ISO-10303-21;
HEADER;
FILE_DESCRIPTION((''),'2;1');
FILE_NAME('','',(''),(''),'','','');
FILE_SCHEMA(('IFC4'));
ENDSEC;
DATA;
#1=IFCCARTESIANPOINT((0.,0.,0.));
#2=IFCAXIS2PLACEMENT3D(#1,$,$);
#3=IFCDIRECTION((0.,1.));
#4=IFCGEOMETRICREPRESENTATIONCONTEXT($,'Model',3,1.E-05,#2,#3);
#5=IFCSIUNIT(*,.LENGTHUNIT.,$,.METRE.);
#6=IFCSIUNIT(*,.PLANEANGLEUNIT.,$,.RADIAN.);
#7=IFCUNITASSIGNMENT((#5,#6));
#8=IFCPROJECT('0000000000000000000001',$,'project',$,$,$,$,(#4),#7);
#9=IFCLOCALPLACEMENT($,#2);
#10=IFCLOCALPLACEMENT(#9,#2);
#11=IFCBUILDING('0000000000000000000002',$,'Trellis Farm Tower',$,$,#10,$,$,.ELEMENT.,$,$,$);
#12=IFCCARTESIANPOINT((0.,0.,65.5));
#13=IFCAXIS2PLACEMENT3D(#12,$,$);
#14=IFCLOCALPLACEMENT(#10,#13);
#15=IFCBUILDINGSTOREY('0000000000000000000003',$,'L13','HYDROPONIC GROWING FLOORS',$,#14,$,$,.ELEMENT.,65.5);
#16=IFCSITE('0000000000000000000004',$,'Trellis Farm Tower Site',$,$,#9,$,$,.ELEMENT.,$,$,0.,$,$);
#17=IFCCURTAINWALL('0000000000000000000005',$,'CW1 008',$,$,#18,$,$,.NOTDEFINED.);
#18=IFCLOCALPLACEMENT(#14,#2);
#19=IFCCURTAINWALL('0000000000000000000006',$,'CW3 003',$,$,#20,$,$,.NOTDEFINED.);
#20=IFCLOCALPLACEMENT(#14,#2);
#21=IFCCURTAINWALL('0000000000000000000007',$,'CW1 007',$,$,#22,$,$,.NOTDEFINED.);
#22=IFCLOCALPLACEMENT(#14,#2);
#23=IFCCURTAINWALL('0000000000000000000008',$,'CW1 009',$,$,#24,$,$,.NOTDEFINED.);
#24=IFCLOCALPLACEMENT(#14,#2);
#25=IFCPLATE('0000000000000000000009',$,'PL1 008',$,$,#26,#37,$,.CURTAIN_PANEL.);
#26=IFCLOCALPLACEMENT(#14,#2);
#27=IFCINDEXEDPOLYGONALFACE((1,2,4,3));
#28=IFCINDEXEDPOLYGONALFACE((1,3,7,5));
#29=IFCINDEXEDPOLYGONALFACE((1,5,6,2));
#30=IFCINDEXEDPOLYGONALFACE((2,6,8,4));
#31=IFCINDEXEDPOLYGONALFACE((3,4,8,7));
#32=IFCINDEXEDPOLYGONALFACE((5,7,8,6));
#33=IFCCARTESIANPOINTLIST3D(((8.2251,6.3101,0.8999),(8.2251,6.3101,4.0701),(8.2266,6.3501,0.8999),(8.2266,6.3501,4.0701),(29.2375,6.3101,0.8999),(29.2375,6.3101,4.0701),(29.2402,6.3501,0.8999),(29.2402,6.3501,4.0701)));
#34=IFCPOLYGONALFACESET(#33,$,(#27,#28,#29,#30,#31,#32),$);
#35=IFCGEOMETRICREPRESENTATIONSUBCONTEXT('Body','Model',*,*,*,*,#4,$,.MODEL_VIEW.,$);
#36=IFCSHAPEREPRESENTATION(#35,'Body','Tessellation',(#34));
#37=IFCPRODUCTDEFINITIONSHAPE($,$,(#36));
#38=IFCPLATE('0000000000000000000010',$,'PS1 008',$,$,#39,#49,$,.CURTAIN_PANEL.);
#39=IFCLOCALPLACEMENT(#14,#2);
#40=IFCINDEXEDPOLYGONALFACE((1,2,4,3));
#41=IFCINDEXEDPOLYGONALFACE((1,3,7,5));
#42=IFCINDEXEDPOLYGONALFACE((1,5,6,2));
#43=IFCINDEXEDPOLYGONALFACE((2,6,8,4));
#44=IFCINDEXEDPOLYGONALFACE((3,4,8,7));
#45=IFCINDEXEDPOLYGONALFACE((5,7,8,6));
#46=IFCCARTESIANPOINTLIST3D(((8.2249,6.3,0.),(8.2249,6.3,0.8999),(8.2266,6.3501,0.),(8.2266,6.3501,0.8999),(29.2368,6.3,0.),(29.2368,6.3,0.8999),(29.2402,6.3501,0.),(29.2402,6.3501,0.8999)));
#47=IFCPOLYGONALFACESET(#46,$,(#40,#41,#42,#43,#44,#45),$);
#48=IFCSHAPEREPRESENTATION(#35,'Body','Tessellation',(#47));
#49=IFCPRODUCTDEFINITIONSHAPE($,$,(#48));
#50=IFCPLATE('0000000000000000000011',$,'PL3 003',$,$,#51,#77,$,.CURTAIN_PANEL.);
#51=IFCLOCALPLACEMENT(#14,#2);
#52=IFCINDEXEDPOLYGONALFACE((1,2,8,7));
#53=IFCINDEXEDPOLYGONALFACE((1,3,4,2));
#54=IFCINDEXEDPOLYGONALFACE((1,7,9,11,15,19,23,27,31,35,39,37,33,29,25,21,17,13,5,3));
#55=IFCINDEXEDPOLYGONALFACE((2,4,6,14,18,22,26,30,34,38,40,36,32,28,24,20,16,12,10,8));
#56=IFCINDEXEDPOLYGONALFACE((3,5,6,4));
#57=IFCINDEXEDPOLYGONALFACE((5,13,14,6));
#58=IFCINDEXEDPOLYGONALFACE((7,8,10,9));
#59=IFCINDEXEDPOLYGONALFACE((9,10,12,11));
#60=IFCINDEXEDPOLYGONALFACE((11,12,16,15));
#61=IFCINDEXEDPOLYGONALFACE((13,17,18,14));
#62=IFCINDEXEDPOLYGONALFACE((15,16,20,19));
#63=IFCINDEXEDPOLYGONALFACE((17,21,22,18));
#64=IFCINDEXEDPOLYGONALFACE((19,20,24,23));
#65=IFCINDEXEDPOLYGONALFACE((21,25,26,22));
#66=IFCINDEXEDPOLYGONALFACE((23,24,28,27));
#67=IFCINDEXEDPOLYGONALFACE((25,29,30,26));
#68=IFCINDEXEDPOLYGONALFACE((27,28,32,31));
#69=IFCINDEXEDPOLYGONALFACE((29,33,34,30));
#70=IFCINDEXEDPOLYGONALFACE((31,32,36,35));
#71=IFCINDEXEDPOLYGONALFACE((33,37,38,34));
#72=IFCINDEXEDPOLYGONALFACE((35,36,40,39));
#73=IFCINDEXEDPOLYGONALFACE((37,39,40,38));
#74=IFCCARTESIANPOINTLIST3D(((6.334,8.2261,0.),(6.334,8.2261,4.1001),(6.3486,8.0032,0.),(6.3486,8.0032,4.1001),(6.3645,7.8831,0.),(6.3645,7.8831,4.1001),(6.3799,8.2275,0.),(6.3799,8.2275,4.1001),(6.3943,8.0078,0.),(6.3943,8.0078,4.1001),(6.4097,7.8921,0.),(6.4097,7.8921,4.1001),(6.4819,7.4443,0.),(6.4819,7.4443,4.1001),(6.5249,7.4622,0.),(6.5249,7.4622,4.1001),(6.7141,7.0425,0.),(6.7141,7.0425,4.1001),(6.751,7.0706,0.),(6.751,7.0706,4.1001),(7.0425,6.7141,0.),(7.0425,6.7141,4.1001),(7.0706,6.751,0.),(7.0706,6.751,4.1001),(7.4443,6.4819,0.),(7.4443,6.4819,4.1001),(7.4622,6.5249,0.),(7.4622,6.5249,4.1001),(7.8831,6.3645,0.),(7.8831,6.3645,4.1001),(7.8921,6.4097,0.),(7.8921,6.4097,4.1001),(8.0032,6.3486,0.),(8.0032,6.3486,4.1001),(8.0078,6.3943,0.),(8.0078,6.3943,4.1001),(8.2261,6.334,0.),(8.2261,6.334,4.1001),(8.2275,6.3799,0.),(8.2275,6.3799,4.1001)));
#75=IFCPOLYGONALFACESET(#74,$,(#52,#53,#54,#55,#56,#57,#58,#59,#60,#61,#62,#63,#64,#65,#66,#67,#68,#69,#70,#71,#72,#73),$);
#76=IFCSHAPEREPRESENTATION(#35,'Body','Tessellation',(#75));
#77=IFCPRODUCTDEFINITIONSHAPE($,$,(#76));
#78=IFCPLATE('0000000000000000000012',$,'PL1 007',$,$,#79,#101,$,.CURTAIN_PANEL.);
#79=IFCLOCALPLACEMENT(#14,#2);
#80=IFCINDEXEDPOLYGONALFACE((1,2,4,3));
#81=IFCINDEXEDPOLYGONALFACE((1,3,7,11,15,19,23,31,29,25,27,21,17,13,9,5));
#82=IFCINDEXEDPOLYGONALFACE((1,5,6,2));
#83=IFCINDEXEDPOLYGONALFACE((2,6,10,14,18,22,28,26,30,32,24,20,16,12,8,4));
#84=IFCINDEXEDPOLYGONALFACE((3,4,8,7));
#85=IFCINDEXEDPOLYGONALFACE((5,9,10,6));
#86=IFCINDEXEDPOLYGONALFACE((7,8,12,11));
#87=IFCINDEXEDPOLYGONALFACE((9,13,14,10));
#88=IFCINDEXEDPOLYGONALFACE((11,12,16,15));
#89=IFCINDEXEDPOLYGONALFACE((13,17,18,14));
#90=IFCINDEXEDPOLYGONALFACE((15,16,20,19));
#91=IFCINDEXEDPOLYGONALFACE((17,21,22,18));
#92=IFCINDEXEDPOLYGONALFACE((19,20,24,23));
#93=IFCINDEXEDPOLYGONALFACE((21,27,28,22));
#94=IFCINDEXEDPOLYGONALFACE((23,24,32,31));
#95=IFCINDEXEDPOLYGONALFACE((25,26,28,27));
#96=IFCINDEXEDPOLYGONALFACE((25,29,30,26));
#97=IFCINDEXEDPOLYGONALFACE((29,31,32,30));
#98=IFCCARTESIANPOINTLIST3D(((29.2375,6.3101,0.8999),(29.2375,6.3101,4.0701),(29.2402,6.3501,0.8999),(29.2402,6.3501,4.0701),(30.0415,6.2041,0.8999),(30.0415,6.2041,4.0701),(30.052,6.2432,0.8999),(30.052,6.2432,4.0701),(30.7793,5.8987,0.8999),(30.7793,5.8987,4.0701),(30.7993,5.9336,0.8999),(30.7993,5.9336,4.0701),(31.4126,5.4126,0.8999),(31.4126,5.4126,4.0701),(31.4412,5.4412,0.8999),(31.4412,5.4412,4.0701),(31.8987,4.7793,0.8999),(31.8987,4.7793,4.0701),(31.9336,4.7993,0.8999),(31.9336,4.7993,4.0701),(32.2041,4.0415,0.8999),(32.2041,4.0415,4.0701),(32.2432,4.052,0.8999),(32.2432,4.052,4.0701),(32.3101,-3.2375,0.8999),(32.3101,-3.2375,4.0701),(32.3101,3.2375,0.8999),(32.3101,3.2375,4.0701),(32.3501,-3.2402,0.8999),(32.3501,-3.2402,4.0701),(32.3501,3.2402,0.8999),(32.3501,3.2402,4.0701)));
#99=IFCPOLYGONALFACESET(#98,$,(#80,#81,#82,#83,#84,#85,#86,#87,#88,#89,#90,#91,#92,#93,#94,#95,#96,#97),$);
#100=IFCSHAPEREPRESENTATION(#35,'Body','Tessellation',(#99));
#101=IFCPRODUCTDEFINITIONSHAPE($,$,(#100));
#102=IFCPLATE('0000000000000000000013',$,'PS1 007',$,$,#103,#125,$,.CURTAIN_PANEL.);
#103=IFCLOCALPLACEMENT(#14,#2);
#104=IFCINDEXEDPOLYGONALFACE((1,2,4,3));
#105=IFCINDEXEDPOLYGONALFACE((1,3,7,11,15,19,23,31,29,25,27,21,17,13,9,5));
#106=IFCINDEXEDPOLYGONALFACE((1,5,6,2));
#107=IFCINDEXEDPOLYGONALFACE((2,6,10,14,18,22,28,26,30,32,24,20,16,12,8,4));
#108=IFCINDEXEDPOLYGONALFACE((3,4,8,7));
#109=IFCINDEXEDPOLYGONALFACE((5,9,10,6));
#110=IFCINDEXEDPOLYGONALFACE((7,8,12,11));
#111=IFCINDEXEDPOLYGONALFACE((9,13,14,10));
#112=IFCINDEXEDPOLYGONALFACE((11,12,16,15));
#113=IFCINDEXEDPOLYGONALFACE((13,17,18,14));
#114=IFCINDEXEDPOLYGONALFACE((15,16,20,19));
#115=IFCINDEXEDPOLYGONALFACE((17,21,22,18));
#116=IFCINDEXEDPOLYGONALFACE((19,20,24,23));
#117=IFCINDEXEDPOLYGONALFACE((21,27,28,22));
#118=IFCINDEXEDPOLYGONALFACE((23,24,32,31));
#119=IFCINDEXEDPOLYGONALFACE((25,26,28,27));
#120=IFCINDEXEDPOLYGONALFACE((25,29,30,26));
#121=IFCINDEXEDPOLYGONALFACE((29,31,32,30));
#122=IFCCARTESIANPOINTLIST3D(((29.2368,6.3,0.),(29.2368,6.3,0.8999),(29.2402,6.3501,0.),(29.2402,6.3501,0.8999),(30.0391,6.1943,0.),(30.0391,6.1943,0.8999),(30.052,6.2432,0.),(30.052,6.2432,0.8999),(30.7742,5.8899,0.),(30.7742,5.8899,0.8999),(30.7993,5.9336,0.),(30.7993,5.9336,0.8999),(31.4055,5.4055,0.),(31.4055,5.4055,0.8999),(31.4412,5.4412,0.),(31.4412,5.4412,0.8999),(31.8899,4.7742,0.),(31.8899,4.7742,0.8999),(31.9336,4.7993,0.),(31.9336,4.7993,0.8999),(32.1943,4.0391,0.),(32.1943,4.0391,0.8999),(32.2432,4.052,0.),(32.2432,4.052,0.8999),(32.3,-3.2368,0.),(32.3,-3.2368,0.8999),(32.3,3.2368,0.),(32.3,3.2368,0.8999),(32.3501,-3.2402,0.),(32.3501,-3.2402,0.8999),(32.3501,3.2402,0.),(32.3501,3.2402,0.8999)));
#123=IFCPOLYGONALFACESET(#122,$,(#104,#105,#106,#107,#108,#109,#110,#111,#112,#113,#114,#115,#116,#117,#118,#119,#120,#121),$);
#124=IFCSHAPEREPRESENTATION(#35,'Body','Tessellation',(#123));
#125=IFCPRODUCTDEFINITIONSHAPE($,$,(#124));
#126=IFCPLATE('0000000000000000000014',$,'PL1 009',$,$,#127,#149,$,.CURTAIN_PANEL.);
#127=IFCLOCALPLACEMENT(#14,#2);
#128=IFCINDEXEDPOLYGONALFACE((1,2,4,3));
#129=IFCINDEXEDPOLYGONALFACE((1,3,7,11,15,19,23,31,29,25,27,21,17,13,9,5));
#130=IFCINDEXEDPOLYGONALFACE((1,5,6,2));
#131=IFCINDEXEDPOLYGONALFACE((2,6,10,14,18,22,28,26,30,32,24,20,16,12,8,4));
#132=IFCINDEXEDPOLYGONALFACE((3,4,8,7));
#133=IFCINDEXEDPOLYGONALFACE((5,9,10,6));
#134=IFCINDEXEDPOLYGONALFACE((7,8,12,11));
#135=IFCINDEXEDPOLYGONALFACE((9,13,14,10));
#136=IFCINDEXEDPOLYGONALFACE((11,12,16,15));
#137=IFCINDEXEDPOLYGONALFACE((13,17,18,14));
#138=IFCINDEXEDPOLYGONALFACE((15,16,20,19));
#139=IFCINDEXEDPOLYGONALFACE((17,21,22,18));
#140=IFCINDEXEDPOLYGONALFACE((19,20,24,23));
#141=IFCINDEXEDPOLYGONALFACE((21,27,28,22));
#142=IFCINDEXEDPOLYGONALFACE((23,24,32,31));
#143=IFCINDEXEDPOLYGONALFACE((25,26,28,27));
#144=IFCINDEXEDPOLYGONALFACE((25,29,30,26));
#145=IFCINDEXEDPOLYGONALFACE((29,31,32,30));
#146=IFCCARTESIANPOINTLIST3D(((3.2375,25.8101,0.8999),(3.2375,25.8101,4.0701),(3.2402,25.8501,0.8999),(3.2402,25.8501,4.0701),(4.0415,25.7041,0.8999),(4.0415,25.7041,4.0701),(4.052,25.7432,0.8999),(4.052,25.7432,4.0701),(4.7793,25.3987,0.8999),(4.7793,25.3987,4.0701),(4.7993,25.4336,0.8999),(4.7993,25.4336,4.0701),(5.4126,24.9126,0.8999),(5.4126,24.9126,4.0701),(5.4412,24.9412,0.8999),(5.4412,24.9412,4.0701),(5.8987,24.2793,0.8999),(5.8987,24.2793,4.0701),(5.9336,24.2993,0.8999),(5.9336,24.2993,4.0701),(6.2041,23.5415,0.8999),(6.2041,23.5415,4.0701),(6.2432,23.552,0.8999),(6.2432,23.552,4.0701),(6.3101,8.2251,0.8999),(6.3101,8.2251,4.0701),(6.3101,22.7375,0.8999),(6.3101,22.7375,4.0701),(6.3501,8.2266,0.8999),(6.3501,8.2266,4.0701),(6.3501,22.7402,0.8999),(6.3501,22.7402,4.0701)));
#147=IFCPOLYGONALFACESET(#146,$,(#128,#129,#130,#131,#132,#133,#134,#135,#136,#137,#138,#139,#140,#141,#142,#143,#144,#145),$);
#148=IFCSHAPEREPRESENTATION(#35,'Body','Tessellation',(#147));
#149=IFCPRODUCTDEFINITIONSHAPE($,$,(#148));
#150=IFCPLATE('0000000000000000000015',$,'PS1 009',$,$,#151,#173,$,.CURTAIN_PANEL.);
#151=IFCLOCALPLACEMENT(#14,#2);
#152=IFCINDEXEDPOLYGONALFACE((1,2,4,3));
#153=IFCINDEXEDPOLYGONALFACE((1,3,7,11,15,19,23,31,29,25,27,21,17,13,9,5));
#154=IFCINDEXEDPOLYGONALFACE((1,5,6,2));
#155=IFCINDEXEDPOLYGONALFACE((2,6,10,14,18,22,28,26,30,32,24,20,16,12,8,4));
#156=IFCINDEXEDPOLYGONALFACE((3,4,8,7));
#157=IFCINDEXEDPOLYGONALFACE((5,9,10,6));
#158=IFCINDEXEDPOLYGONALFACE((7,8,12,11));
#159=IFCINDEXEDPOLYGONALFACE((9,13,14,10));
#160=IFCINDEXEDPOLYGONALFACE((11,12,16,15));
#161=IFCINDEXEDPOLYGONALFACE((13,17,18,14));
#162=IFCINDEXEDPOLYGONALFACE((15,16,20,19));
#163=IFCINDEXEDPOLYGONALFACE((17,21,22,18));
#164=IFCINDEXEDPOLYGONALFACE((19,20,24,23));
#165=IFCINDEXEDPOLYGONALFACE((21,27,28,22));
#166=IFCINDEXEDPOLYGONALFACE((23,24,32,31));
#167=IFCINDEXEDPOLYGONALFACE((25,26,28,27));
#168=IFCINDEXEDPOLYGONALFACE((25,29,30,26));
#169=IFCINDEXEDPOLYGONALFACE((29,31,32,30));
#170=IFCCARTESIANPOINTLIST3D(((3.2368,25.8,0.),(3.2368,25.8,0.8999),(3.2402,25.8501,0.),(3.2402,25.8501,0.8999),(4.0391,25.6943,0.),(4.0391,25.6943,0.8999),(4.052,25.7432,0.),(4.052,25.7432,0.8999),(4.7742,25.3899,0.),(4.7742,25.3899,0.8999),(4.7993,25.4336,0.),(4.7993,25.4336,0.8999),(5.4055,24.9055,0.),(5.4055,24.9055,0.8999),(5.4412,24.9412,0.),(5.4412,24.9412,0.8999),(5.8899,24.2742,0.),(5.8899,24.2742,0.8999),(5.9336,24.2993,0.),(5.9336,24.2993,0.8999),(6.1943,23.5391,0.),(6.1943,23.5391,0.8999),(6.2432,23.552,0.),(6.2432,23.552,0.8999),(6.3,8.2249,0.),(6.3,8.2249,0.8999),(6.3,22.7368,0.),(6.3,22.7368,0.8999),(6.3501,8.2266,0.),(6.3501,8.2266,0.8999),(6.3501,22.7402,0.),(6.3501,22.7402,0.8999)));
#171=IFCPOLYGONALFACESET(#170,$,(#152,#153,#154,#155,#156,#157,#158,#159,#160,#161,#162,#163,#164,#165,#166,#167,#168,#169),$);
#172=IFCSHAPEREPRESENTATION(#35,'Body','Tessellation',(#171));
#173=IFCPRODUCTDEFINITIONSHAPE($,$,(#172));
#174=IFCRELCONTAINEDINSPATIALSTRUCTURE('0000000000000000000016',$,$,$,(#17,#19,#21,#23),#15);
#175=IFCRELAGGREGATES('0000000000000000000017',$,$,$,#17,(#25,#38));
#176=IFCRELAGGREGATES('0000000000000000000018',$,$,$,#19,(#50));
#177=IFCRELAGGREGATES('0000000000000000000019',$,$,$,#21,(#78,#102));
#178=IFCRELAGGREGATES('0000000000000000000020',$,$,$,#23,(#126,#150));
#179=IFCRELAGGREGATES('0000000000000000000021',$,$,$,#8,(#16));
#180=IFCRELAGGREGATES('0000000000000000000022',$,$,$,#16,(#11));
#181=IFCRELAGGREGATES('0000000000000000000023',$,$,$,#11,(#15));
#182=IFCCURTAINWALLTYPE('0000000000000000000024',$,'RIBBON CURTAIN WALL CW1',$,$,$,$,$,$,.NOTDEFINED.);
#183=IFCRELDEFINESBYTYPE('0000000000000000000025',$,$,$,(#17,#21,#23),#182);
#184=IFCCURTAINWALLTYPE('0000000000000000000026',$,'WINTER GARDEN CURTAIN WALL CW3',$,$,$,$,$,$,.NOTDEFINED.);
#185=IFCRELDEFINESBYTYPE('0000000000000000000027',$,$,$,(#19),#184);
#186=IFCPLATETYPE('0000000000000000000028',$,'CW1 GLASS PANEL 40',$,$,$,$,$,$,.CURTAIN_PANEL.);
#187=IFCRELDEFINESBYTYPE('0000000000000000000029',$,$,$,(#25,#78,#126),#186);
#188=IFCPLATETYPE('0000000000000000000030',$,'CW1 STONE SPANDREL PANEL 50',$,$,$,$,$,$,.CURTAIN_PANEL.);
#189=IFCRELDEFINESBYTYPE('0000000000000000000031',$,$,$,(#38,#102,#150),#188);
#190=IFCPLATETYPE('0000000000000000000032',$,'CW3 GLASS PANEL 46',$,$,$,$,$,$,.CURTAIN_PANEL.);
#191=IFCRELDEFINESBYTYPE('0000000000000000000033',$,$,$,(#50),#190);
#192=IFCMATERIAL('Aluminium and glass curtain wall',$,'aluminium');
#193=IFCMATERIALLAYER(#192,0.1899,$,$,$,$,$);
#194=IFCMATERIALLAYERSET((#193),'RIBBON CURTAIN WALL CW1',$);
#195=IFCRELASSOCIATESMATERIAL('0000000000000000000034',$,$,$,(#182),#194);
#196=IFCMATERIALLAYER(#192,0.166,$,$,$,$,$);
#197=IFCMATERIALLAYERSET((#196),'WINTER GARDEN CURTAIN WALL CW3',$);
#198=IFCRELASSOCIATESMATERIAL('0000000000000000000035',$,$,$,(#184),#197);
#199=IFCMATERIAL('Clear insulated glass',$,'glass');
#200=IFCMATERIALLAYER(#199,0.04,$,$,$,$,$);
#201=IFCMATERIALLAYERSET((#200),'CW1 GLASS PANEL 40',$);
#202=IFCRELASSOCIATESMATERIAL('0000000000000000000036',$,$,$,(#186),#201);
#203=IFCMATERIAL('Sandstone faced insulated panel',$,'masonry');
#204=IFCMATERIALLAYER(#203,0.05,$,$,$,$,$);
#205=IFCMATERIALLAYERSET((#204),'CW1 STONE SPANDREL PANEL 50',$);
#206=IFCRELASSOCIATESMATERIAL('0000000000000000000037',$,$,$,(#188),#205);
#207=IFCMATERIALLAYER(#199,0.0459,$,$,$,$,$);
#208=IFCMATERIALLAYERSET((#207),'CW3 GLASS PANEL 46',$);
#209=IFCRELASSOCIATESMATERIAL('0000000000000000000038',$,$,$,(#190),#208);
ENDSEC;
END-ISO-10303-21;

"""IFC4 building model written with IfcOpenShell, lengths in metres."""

from ifc_helpers import new_model, si_unit, direction, frame, origin, place, context, subcontext, project, spatial, polyline, outline, extrude, source, transform, mapped, material, layer, layer_set, type_object, element, aggregate, save


model = new_model("IFC4")

# Units and contexts
model_context = context("Model", 3, precision=1e-05, world=origin(), true_north=direction((0.0, 1.0)))
body_context = subcontext(model_context, "Body", "Model", "MODEL_VIEW")
ifc_project = project(units=[si_unit("LENGTHUNIT", "METRE"), si_unit("PLANEANGLEUNIT", "RADIAN")], contexts=[model_context])

# Site, building, storey
site_placement = place(None, origin())
site = spatial("IfcSite", under=ifc_project, at=site_placement, Name="Trellis Farm Tower Site", CompositionType="ELEMENT", RefElevation=0.0)
building_placement = place(site_placement, origin())
building = spatial("IfcBuilding", under=site, at=building_placement, Name="Trellis Farm Tower", CompositionType="ELEMENT")
storey_placement = place(building_placement, frame((0.0, 0.0, 65.5)))
storey = spatial("IfcBuildingStorey", under=building, at=storey_placement, Name="L13", Description="HYDROPONIC GROWING FLOORS", CompositionType="ELEMENT", Elevation=65.5)

# Curtain walls
ifc_material_1 = material(Name="Aluminium and glass curtain wall", Category="aluminium")
ifc_layer_1 = layer(ifc_material_1, 0.1899)
ifc_layer_set_1 = layer_set([ifc_layer_1], Name="RIBBON CURTAIN WALL CW1")
curtain_wall_type_1 = type_object("IfcCurtainWallType", Name="RIBBON CURTAIN WALL CW1", PredefinedType="NOTDEFINED", material=ifc_layer_set_1)
placement_1 = place(storey_placement, origin())
curtain_wall_1 = element("IfcCurtainWall", 1, at=placement_1, inside=storey, type_object=curtain_wall_type_1, Name="CW1 008", PredefinedType="NOTDEFINED")
ifc_layer_2 = layer(ifc_material_1, 0.166)
ifc_layer_set_2 = layer_set([ifc_layer_2], Name="WINTER GARDEN CURTAIN WALL CW3")
curtain_wall_type_2 = type_object("IfcCurtainWallType", Name="WINTER GARDEN CURTAIN WALL CW3", PredefinedType="NOTDEFINED", material=ifc_layer_set_2)
curtain_wall_2 = element("IfcCurtainWall", 2, at=placement_1, inside=storey, type_object=curtain_wall_type_2, Name="CW3 003", PredefinedType="NOTDEFINED")
curtain_wall_3 = element("IfcCurtainWall", 3, at=placement_1, inside=storey, type_object=curtain_wall_type_1, Name="CW1 007", PredefinedType="NOTDEFINED")
curtain_wall_4 = element("IfcCurtainWall", 4, at=placement_1, inside=storey, type_object=curtain_wall_type_1, Name="CW1 009", PredefinedType="NOTDEFINED")

# Plates
ifc_material_2 = material(Name="Clear insulated glass", Category="glass")
ifc_layer_3 = layer(ifc_material_2, 0.04)
ifc_layer_set_3 = layer_set([ifc_layer_3], Name="CW1 GLASS PANEL 40")
plate_type_1 = type_object("IfcPlateType", Name="CW1 GLASS PANEL 40", PredefinedType="CURTAIN_PANEL", material=ifc_layer_set_3)
placement_2 = place(storey_placement, frame((0.0, 0.0, 0.8999)))
ifc_material_3 = material(Name="Sandstone faced insulated panel", Category="masonry")
ifc_layer_4 = layer(ifc_material_3, 0.05)
ifc_layer_set_4 = layer_set([ifc_layer_4], Name="CW1 STONE SPANDREL PANEL 50")
plate_type_2 = type_object("IfcPlateType", Name="CW1 STONE SPANDREL PANEL 50", PredefinedType="CURTAIN_PANEL", material=ifc_layer_set_4)
shared_shape_1 = source(origin(), body_context, "Body", "SweptSolid", [
    extrude(outline(polyline([(29.2402, 6.3501), (8.2266, 6.3501), (8.2251, 6.3101), (29.2375, 6.3101), (29.2402, 6.3501)])), origin(), (0.0, 0.0, 1.0), 3.1702),
])
plate_1 = element("IfcPlate", 5, at=placement_2, type_object=plate_type_1, Name="PL1 008", PredefinedType="CURTAIN_PANEL", context=body_context, shape_type="MappedRepresentation", body=[
    mapped(shared_shape_1, transform((0.0, 0.0, 0.0))),
])
shared_shape_2 = source(origin(), body_context, "Body", "SweptSolid", [
    extrude(outline(polyline([(29.2402, 6.3501), (8.2266, 6.3501), (8.2249, 6.3), (29.2368, 6.3), (29.2402, 6.3501)])), origin(), (0.0, 0.0, 1.0), 0.8999),
])
plate_2 = element("IfcPlate", 6, at=placement_1, type_object=plate_type_2, Name="PS1 008", PredefinedType="CURTAIN_PANEL", context=body_context, shape_type="MappedRepresentation", body=[
    mapped(shared_shape_2, transform((0.0, 0.0, 0.0))),
])
aggregate(curtain_wall_1, [plate_1, plate_2])
ifc_layer_5 = layer(ifc_material_2, 0.0459)
ifc_layer_set_5 = layer_set([ifc_layer_5], Name="CW3 GLASS PANEL 46")
plate_type_3 = type_object("IfcPlateType", Name="CW3 GLASS PANEL 46", PredefinedType="CURTAIN_PANEL", material=ifc_layer_set_5)
shared_shape_3 = source(origin(), body_context, "Body", "SweptSolid", [
    extrude(outline(polyline([(8.2275, 6.3799), (8.0078, 6.3943), (7.8921, 6.4097), (7.4622, 6.5249), (7.0706, 6.751), (6.751, 7.0706), (6.5249, 7.4622), (6.4097, 7.8921), (6.3943, 8.0078), (6.3799, 8.2275), (6.334, 8.2261), (6.3486, 8.0032), (6.3645, 7.8831), (6.4819, 7.4443), (6.7141, 7.0425), (7.0425, 6.7141), (7.4443, 6.4819), (7.8831, 6.3645), (8.0032, 6.3486), (8.2261, 6.334), (8.2275, 6.3799)])), origin(), (0.0, 0.0, 1.0), 4.1001),
])
plate_3 = element("IfcPlate", 7, at=placement_1, type_object=plate_type_3, Name="PL3 003", PredefinedType="CURTAIN_PANEL", context=body_context, shape_type="MappedRepresentation", body=[
    mapped(shared_shape_3, transform((0.0, 0.0, 0.0))),
])
aggregate(curtain_wall_2, [plate_3])
shared_shape_4 = source(origin(), body_context, "Body", "SweptSolid", [
    extrude(outline(polyline([(32.3501, -3.2402), (32.3501, 3.2402), (32.2432, 4.052), (31.9336, 4.7993), (31.4412, 5.4412), (30.7993, 5.9336), (30.052, 6.2432), (29.2402, 6.3501), (29.2375, 6.3101), (30.0415, 6.2041), (30.7793, 5.8987), (31.4126, 5.4126), (31.8987, 4.7793), (32.2041, 4.0415), (32.3101, 3.2375), (32.3101, -3.2375), (32.3501, -3.2402)])), origin(), (0.0, 0.0, 1.0), 3.1702),
])
plate_4 = element("IfcPlate", 8, at=placement_2, type_object=plate_type_1, Name="PL1 007", PredefinedType="CURTAIN_PANEL", context=body_context, shape_type="MappedRepresentation", body=[
    mapped(shared_shape_4, transform((0.0, 0.0, 0.0))),
])
shared_shape_5 = source(origin(), body_context, "Body", "SweptSolid", [
    extrude(outline(polyline([(32.3501, -3.2402), (32.3501, 3.2402), (32.2432, 4.052), (31.9336, 4.7993), (31.4412, 5.4412), (30.7993, 5.9336), (30.052, 6.2432), (29.2402, 6.3501), (29.2368, 6.3), (30.0391, 6.1943), (30.7742, 5.8899), (31.4055, 5.4055), (31.8899, 4.7742), (32.1943, 4.0391), (32.3, 3.2368), (32.3, -3.2368), (32.3501, -3.2402)])), origin(), (0.0, 0.0, 1.0), 0.8999),
])
plate_5 = element("IfcPlate", 9, at=placement_1, type_object=plate_type_2, Name="PS1 007", PredefinedType="CURTAIN_PANEL", context=body_context, shape_type="MappedRepresentation", body=[
    mapped(shared_shape_5, transform((0.0, 0.0, 0.0))),
])
aggregate(curtain_wall_3, [plate_4, plate_5])
shared_shape_6 = source(origin(), body_context, "Body", "SweptSolid", [
    extrude(outline(polyline([(6.3501, 8.2266), (6.3501, 22.7402), (6.2432, 23.552), (5.9336, 24.2993), (5.4412, 24.9412), (4.7993, 25.4336), (4.052, 25.7432), (3.2402, 25.8501), (3.2375, 25.8101), (4.0415, 25.7041), (4.7793, 25.3987), (5.4126, 24.9126), (5.8987, 24.2793), (6.2041, 23.5415), (6.3101, 22.7375), (6.3101, 8.2251), (6.3501, 8.2266)])), origin(), (0.0, 0.0, 1.0), 3.1702),
])
plate_6 = element("IfcPlate", 10, at=placement_2, type_object=plate_type_1, Name="PL1 009", PredefinedType="CURTAIN_PANEL", context=body_context, shape_type="MappedRepresentation", body=[
    mapped(shared_shape_6, transform((0.0, 0.0, 0.0))),
])
shared_shape_7 = source(origin(), body_context, "Body", "SweptSolid", [
    extrude(outline(polyline([(6.3501, 8.2266), (6.3501, 22.7402), (6.2432, 23.552), (5.9336, 24.2993), (5.4412, 24.9412), (4.7993, 25.4336), (4.052, 25.7432), (3.2402, 25.8501), (3.2368, 25.8), (4.0391, 25.6943), (4.7742, 25.3899), (5.4055, 24.9055), (5.8899, 24.2742), (6.1943, 23.5391), (6.3, 22.7368), (6.3, 8.2249), (6.3501, 8.2266)])), origin(), (0.0, 0.0, 1.0), 0.8999),
])
plate_7 = element("IfcPlate", 11, at=placement_1, type_object=plate_type_2, Name="PS1 009", PredefinedType="CURTAIN_PANEL", context=body_context, shape_type="MappedRepresentation", body=[
    mapped(shared_shape_7, transform((0.0, 0.0, 0.0))),
])
aggregate(curtain_wall_4, [plate_6, plate_7])

save(model, "model.ifc")
